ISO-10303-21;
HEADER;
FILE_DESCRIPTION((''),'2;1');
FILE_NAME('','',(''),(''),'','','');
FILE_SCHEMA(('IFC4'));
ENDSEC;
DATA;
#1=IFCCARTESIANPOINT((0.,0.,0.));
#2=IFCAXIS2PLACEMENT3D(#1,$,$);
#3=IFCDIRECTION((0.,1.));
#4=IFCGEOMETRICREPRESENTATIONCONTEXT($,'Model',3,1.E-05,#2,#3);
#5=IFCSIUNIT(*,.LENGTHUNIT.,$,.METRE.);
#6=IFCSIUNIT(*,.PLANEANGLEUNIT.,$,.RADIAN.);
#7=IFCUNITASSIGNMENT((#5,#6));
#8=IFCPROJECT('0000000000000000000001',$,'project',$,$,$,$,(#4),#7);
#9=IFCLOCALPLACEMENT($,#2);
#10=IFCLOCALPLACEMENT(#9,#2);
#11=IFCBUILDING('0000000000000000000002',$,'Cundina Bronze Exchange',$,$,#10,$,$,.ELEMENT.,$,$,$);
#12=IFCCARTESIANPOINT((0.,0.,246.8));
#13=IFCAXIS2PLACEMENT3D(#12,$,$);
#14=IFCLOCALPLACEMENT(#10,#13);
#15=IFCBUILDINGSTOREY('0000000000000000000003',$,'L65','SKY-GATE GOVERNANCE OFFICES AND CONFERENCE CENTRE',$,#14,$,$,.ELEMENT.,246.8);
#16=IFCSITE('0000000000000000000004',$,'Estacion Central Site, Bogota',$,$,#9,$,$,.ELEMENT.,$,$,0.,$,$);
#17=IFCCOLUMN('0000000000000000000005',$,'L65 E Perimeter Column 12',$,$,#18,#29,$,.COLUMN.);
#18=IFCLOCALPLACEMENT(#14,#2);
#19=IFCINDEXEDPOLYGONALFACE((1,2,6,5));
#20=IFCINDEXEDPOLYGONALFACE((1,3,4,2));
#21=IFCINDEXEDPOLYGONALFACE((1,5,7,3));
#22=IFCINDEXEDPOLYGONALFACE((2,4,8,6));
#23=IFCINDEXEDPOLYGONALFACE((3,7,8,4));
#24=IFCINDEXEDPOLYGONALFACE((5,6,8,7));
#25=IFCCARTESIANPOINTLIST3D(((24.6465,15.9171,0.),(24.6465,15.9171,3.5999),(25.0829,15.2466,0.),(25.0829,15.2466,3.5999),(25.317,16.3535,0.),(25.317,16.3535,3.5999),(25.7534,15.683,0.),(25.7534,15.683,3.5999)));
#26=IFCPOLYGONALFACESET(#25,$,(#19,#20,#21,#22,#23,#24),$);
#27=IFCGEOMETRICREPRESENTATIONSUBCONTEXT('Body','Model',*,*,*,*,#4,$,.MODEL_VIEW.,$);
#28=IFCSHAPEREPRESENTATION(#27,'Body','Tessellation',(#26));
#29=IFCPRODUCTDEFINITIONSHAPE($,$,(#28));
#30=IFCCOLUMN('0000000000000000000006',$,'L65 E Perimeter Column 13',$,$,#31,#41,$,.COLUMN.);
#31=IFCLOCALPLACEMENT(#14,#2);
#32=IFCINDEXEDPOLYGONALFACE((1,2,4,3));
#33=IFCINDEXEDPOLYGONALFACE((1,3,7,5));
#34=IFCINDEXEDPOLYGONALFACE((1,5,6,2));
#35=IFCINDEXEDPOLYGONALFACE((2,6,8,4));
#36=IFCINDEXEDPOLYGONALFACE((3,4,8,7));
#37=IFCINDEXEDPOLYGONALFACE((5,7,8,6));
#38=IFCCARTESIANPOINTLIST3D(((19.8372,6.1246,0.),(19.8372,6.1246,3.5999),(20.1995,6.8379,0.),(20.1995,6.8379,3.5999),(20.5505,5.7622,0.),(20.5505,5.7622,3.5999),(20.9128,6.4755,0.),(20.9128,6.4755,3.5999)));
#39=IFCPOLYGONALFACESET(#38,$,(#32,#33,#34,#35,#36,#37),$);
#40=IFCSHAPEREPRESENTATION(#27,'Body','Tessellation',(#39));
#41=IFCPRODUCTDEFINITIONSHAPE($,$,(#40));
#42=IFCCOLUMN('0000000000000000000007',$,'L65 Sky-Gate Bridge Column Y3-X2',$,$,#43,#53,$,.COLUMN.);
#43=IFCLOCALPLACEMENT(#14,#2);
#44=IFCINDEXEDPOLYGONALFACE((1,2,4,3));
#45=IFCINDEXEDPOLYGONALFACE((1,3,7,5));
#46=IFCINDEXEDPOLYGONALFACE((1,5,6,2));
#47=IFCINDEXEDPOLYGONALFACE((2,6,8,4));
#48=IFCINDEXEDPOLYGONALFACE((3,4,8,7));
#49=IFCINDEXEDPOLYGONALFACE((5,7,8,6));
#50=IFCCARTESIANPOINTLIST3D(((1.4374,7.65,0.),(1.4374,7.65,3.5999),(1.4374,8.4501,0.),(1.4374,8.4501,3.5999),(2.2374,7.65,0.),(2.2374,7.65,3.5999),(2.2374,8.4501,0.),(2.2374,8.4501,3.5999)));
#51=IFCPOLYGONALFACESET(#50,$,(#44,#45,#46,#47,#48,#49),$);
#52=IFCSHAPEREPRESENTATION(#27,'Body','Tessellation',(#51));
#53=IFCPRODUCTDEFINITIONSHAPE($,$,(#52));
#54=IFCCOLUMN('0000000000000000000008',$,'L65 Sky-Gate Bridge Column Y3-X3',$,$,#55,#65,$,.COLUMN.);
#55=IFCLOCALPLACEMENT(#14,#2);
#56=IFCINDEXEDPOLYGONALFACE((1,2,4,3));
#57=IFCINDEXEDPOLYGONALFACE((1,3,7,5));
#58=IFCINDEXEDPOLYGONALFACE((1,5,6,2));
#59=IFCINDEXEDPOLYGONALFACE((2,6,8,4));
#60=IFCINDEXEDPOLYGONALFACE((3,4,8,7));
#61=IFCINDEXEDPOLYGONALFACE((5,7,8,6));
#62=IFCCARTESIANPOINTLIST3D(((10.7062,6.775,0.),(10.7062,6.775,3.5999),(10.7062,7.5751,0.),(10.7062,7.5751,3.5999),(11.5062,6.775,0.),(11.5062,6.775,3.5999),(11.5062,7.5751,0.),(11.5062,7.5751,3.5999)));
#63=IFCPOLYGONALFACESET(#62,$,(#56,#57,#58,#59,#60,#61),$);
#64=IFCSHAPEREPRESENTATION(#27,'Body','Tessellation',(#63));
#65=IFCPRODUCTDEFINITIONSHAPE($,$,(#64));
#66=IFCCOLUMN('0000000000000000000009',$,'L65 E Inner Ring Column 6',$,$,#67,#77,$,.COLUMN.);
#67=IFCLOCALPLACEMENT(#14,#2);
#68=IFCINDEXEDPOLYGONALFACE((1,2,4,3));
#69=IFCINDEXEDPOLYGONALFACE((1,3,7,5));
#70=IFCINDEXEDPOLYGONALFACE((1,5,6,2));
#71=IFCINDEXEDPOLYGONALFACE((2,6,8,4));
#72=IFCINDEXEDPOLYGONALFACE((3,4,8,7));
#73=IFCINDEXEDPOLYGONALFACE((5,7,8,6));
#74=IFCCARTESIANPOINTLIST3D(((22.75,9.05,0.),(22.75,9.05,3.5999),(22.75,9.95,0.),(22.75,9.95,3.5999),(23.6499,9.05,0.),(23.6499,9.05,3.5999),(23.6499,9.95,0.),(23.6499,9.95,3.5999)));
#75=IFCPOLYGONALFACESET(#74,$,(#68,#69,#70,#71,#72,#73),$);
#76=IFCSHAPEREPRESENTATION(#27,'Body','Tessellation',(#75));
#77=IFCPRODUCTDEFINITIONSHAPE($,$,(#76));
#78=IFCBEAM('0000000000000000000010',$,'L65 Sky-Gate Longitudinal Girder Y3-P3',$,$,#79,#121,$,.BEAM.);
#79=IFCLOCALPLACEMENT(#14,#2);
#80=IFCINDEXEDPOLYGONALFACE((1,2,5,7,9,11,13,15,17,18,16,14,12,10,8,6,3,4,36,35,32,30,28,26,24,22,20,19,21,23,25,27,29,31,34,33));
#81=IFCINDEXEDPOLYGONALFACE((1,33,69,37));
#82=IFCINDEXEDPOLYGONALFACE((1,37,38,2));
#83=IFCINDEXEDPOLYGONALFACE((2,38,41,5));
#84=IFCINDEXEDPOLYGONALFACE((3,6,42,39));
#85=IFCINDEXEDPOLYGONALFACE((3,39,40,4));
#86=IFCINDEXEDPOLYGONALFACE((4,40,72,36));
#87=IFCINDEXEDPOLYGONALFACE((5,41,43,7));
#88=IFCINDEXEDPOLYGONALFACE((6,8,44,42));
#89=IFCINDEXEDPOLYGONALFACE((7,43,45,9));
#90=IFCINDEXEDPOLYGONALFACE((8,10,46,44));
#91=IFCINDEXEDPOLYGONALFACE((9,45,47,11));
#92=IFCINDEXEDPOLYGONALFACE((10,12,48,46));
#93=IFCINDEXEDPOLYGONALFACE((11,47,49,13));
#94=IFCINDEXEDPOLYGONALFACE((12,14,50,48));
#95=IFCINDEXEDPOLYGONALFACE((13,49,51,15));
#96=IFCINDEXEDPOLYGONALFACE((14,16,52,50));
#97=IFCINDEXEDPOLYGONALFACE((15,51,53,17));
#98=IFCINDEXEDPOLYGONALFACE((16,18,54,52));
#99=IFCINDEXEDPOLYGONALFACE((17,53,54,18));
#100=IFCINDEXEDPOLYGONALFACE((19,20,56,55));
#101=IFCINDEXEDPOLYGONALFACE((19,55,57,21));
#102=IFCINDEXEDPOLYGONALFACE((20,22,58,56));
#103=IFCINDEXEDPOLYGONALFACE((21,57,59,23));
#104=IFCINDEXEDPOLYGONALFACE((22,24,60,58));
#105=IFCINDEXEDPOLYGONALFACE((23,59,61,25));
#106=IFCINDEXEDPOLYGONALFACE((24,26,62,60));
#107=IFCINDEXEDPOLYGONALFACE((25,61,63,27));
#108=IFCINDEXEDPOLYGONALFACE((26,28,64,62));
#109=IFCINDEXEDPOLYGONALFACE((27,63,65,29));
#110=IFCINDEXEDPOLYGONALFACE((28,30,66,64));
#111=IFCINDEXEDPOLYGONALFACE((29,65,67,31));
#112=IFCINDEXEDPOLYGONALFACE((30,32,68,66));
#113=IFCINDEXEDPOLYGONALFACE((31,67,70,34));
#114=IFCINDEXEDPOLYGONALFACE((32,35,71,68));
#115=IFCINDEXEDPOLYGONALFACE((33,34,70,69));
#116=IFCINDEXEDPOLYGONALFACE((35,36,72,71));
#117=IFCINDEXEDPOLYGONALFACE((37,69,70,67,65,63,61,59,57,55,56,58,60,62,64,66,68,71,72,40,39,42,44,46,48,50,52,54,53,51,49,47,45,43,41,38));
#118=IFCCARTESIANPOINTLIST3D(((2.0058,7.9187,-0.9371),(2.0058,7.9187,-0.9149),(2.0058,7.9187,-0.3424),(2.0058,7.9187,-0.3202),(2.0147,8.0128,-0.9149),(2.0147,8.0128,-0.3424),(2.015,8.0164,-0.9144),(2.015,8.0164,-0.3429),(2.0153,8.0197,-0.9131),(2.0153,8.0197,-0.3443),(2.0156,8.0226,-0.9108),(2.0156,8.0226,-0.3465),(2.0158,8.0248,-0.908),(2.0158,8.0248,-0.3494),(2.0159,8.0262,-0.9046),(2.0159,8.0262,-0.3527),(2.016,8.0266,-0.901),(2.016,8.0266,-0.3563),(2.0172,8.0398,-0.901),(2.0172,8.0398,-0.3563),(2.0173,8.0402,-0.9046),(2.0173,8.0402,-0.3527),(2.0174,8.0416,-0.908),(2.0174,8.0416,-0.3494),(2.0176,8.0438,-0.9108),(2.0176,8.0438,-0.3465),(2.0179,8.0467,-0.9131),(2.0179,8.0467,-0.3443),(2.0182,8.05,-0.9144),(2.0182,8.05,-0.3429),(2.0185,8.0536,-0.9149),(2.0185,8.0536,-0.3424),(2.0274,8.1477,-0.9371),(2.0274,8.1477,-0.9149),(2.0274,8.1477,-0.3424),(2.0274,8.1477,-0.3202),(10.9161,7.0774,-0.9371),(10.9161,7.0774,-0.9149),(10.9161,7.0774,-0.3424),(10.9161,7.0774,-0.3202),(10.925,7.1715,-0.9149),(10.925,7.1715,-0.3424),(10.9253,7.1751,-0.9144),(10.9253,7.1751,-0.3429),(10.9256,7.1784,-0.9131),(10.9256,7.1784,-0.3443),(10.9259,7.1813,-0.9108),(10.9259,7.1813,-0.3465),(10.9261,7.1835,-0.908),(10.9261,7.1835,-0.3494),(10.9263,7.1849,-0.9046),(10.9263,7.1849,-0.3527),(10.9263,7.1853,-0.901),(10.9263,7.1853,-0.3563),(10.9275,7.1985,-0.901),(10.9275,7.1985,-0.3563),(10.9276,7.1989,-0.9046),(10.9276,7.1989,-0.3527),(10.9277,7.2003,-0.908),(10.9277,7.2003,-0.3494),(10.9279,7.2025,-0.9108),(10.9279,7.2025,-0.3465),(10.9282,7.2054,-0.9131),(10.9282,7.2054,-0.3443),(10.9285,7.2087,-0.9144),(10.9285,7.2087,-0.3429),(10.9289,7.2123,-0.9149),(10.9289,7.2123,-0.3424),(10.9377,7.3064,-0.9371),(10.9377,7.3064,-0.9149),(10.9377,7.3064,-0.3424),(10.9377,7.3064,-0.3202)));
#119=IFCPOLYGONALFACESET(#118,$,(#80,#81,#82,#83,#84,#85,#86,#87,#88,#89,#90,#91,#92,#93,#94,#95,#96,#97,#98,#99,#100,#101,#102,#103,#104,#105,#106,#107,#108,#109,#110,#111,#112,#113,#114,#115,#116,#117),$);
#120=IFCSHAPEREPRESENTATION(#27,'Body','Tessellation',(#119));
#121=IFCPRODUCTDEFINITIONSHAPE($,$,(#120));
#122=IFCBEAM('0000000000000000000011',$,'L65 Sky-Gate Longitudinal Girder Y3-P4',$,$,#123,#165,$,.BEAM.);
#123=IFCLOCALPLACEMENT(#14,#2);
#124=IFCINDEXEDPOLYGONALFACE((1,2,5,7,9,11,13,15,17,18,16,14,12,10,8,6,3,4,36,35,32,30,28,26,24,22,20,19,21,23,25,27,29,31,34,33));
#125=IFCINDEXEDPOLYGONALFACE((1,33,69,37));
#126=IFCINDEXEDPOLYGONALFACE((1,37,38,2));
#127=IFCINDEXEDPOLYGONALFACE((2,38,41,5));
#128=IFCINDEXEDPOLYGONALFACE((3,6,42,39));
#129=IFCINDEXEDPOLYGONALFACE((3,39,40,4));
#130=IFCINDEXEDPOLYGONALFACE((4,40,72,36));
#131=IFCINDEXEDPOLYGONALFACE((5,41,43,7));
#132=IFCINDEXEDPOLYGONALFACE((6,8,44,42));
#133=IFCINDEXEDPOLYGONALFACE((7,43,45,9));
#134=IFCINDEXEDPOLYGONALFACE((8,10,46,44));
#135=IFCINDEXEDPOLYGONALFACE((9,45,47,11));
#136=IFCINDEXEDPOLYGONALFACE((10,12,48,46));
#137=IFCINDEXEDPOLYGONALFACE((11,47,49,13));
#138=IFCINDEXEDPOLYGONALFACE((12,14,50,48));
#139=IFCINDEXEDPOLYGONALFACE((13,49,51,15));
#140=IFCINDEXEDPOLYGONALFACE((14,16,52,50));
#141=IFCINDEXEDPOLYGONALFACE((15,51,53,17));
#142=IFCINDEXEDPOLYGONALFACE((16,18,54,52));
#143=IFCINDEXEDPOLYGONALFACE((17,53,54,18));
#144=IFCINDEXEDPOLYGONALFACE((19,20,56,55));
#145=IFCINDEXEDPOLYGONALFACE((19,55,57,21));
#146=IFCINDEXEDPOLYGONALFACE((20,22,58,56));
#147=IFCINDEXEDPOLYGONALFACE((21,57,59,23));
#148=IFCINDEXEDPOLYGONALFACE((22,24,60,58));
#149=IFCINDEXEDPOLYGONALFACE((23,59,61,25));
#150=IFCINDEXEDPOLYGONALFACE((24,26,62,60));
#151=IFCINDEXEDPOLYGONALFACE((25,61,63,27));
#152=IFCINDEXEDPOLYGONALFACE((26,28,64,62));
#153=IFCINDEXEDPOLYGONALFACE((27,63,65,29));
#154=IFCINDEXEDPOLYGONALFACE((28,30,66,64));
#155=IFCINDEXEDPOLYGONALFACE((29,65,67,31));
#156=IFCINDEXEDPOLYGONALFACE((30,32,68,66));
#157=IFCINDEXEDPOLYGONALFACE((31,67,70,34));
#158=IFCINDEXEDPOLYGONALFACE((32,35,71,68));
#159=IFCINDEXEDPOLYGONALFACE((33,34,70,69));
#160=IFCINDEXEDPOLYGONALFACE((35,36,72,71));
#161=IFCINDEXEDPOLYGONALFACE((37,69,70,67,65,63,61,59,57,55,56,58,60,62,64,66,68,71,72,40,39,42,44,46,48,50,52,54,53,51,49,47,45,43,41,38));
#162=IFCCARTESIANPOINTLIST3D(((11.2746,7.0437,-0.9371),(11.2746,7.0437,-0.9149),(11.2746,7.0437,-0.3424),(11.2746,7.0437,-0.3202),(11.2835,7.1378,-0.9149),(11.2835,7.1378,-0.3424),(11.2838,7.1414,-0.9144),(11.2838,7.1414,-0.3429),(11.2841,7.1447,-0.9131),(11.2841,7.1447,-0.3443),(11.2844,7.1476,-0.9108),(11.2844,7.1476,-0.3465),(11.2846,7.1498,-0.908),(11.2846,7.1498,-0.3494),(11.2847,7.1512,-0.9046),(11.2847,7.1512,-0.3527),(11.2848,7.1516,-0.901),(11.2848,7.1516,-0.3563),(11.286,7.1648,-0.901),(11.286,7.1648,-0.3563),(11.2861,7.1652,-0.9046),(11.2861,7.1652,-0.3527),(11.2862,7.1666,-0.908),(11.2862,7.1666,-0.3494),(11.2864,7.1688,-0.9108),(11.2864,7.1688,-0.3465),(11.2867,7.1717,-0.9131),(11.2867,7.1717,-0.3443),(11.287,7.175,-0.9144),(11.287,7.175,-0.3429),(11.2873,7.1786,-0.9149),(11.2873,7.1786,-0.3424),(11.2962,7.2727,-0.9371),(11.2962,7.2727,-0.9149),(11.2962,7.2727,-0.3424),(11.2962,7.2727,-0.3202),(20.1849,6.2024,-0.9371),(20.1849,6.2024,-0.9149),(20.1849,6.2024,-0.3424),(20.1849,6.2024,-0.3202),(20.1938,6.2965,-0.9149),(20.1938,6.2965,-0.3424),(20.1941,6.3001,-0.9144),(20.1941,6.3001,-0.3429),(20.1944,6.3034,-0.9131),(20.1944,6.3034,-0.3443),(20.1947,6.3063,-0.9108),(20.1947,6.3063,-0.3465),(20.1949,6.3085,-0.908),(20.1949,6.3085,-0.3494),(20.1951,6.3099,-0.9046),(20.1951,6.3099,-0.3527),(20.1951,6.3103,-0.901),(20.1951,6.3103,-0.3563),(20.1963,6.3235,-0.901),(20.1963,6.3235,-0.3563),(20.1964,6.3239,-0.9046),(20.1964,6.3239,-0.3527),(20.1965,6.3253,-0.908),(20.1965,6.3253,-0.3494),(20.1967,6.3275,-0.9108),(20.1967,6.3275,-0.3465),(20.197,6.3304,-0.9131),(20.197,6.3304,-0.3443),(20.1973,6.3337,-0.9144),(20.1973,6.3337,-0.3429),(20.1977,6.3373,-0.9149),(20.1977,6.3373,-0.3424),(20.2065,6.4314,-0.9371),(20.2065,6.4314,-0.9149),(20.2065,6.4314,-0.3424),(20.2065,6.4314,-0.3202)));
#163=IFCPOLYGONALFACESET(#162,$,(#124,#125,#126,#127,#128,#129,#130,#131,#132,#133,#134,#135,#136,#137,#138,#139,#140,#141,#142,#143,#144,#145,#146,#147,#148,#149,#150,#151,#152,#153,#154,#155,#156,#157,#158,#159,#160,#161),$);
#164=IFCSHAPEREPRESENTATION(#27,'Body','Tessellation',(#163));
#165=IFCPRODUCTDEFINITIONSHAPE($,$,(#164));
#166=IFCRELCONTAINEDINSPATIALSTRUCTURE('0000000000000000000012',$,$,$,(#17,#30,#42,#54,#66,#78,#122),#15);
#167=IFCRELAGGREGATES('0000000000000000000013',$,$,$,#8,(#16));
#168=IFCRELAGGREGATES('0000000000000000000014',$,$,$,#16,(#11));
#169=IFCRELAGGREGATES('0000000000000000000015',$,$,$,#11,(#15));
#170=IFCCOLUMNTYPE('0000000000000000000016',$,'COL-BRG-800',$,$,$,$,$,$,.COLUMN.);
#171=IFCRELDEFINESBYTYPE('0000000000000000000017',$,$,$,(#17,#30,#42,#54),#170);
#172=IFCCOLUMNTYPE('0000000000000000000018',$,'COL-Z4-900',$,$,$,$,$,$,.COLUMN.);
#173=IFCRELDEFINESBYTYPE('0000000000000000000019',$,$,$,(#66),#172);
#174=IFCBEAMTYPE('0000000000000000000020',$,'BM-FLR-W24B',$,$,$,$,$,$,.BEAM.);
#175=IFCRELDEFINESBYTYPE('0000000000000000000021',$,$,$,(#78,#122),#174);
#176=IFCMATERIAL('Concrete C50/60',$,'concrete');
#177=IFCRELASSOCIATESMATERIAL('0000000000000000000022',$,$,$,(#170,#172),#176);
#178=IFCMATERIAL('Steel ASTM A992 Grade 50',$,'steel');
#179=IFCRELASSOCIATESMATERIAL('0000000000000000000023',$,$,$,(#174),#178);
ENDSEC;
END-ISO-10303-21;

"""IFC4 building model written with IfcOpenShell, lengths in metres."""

from ifc_helpers import new_model, si_unit, direction, frame, origin, origin_2d, place, context, subcontext, project, spatial, rectangle, i_section, extrude, material, material_profile, profile_set, type_object, element, save


model = new_model("IFC4")

# Units and contexts
model_context = context("Model", 3, precision=1e-05, world=origin(), true_north=direction((0.0, 1.0)))
body_context = subcontext(model_context, "Body", "Model", "MODEL_VIEW")
ifc_project = project(units=[si_unit("LENGTHUNIT", "METRE"), si_unit("PLANEANGLEUNIT", "RADIAN")], contexts=[model_context])

# Site, building, storey
site_placement = place(None, origin())
site = spatial("IfcSite", under=ifc_project, at=site_placement, Name="Estacion Central Site, Bogota", CompositionType="ELEMENT", RefElevation=0.0)
building_placement = place(site_placement, origin())
building = spatial("IfcBuilding", under=site, at=building_placement, Name="Cundina Bronze Exchange", CompositionType="ELEMENT")
storey_placement = place(building_placement, frame((0.0, 0.0, 246.8)))
storey = spatial("IfcBuildingStorey", under=building, at=storey_placement, Name="L65", Description="SKY-GATE GOVERNANCE OFFICES AND CONFERENCE CENTRE", CompositionType="ELEMENT", Elevation=246.8)

# Columns
ifc_material_1 = material(Name="Concrete C50/60", Category="concrete")
ifc_material_profile_1 = material_profile(ifc_material_1, rectangle(XDim=0.8, YDim=0.8, at=origin_2d()), Name="RC800X800", Category="concrete")
ifc_profile_set_1 = profile_set([ifc_material_profile_1], Name="Concrete C50/60")
column_type_1 = type_object("IfcColumnType", Name="COL-BRG-800", PredefinedType="COLUMN", material=ifc_profile_set_1)
for number, where, z_axis, x_axis, name in (
    (1, (25.2, 15.8, 0.0), (0.0, 0.0, 1.0), (-0.8381, -0.545517, 0.0), "L65 E Perimeter Column 12"),
    (2, (20.375, 6.3, 0.0), (0.0, 0.0, 1.0), (-0.452902, -0.891561, 0.0), "L65 E Perimeter Column 13"),
    (3, (1.8374, 8.05, 0.0), (0.0, 0.0, 1.0), (1.0, 0.0, 0.0), "L65 Sky-Gate Bridge Column Y3-X2"),
    (4, (11.1062, 7.175, 0.0), (0.0, 0.0, 1.0), (1.0, 0.0, 0.0), "L65 Sky-Gate Bridge Column Y3-X3"),
):
    element("IfcColumn", number, at=place(storey_placement, frame(where, z_axis=z_axis, x_axis=x_axis)), inside=storey, type_object=column_type_1, Name=name, PredefinedType="COLUMN", context=body_context, shape_type="SweptSolid", body=[
        extrude(rectangle(XDim=0.8, YDim=0.8, at=origin_2d()), origin(), (0.0, 0.0, 1.0), 3.5999),
    ])
ifc_material_profile_2 = material_profile(ifc_material_1, rectangle(XDim=0.8999, YDim=0.8999, at=origin_2d()), Name="RC900X900", Category="concrete")
ifc_profile_set_2 = profile_set([ifc_material_profile_2], Name="Concrete C50/60")
column_type_2 = type_object("IfcColumnType", Name="COL-Z4-900", PredefinedType="COLUMN", material=ifc_profile_set_2)
column_placement = place(storey_placement, frame((23.2, 9.5, 0.0), z_axis=(0.0, 0.0, 1.0), x_axis=(1.0, 0.0, 0.0)))
element("IfcColumn", 5, at=column_placement, inside=storey, type_object=column_type_2, Name="L65 E Inner Ring Column 6", PredefinedType="COLUMN", context=body_context, shape_type="SweptSolid", body=[
    extrude(rectangle(XDim=0.8999, YDim=0.8999, at=origin_2d()), origin(), (0.0, 0.0, 1.0), 3.5999),
])

# Beams
ifc_material_2 = material(Name="Steel ASTM A992 Grade 50", Category="steel")
ifc_material_profile_3 = material_profile(ifc_material_2, i_section(OverallWidth=0.23, OverallDepth=0.6169, WebThickness=0.0132, FlangeThickness=0.0222, FilletRadius=0.0139, at=origin_2d()), Name="W24X94", Category="steel")
ifc_profile_set_3 = profile_set([ifc_material_profile_3], Name="Steel ASTM A992 Grade 50")
beam_type_1 = type_object("IfcBeamType", Name="BM-FLR-W24B", PredefinedType="BEAM", material=ifc_profile_set_3)
for number, where, z_axis, x_axis, name in (
    (6, (2.0166, 8.0332, -0.6287), (0.995572, -0.094001, 0.0), (0.094001, 0.995572, 0.0), "L65 Sky-Gate Longitudinal Girder Y3-P3"),
    (7, (11.2854, 7.1582, -0.6287), (0.995572, -0.094001, 0.0), (0.094001, 0.995572, 0.0), "L65 Sky-Gate Longitudinal Girder Y3-P4"),
):
    element("IfcBeam", number, at=place(storey_placement, frame(where, z_axis=z_axis, x_axis=x_axis)), inside=storey, type_object=beam_type_1, Name=name, PredefinedType="BEAM", context=body_context, shape_type="SweptSolid", body=[
        extrude(i_section(OverallWidth=0.23, OverallDepth=0.6169, WebThickness=0.0132, FlangeThickness=0.0222, FilletRadius=0.0139, at=origin_2d()), origin(), (0.0, 0.0, 1.0), 8.95),
    ])

save(model, "model.ifc")
